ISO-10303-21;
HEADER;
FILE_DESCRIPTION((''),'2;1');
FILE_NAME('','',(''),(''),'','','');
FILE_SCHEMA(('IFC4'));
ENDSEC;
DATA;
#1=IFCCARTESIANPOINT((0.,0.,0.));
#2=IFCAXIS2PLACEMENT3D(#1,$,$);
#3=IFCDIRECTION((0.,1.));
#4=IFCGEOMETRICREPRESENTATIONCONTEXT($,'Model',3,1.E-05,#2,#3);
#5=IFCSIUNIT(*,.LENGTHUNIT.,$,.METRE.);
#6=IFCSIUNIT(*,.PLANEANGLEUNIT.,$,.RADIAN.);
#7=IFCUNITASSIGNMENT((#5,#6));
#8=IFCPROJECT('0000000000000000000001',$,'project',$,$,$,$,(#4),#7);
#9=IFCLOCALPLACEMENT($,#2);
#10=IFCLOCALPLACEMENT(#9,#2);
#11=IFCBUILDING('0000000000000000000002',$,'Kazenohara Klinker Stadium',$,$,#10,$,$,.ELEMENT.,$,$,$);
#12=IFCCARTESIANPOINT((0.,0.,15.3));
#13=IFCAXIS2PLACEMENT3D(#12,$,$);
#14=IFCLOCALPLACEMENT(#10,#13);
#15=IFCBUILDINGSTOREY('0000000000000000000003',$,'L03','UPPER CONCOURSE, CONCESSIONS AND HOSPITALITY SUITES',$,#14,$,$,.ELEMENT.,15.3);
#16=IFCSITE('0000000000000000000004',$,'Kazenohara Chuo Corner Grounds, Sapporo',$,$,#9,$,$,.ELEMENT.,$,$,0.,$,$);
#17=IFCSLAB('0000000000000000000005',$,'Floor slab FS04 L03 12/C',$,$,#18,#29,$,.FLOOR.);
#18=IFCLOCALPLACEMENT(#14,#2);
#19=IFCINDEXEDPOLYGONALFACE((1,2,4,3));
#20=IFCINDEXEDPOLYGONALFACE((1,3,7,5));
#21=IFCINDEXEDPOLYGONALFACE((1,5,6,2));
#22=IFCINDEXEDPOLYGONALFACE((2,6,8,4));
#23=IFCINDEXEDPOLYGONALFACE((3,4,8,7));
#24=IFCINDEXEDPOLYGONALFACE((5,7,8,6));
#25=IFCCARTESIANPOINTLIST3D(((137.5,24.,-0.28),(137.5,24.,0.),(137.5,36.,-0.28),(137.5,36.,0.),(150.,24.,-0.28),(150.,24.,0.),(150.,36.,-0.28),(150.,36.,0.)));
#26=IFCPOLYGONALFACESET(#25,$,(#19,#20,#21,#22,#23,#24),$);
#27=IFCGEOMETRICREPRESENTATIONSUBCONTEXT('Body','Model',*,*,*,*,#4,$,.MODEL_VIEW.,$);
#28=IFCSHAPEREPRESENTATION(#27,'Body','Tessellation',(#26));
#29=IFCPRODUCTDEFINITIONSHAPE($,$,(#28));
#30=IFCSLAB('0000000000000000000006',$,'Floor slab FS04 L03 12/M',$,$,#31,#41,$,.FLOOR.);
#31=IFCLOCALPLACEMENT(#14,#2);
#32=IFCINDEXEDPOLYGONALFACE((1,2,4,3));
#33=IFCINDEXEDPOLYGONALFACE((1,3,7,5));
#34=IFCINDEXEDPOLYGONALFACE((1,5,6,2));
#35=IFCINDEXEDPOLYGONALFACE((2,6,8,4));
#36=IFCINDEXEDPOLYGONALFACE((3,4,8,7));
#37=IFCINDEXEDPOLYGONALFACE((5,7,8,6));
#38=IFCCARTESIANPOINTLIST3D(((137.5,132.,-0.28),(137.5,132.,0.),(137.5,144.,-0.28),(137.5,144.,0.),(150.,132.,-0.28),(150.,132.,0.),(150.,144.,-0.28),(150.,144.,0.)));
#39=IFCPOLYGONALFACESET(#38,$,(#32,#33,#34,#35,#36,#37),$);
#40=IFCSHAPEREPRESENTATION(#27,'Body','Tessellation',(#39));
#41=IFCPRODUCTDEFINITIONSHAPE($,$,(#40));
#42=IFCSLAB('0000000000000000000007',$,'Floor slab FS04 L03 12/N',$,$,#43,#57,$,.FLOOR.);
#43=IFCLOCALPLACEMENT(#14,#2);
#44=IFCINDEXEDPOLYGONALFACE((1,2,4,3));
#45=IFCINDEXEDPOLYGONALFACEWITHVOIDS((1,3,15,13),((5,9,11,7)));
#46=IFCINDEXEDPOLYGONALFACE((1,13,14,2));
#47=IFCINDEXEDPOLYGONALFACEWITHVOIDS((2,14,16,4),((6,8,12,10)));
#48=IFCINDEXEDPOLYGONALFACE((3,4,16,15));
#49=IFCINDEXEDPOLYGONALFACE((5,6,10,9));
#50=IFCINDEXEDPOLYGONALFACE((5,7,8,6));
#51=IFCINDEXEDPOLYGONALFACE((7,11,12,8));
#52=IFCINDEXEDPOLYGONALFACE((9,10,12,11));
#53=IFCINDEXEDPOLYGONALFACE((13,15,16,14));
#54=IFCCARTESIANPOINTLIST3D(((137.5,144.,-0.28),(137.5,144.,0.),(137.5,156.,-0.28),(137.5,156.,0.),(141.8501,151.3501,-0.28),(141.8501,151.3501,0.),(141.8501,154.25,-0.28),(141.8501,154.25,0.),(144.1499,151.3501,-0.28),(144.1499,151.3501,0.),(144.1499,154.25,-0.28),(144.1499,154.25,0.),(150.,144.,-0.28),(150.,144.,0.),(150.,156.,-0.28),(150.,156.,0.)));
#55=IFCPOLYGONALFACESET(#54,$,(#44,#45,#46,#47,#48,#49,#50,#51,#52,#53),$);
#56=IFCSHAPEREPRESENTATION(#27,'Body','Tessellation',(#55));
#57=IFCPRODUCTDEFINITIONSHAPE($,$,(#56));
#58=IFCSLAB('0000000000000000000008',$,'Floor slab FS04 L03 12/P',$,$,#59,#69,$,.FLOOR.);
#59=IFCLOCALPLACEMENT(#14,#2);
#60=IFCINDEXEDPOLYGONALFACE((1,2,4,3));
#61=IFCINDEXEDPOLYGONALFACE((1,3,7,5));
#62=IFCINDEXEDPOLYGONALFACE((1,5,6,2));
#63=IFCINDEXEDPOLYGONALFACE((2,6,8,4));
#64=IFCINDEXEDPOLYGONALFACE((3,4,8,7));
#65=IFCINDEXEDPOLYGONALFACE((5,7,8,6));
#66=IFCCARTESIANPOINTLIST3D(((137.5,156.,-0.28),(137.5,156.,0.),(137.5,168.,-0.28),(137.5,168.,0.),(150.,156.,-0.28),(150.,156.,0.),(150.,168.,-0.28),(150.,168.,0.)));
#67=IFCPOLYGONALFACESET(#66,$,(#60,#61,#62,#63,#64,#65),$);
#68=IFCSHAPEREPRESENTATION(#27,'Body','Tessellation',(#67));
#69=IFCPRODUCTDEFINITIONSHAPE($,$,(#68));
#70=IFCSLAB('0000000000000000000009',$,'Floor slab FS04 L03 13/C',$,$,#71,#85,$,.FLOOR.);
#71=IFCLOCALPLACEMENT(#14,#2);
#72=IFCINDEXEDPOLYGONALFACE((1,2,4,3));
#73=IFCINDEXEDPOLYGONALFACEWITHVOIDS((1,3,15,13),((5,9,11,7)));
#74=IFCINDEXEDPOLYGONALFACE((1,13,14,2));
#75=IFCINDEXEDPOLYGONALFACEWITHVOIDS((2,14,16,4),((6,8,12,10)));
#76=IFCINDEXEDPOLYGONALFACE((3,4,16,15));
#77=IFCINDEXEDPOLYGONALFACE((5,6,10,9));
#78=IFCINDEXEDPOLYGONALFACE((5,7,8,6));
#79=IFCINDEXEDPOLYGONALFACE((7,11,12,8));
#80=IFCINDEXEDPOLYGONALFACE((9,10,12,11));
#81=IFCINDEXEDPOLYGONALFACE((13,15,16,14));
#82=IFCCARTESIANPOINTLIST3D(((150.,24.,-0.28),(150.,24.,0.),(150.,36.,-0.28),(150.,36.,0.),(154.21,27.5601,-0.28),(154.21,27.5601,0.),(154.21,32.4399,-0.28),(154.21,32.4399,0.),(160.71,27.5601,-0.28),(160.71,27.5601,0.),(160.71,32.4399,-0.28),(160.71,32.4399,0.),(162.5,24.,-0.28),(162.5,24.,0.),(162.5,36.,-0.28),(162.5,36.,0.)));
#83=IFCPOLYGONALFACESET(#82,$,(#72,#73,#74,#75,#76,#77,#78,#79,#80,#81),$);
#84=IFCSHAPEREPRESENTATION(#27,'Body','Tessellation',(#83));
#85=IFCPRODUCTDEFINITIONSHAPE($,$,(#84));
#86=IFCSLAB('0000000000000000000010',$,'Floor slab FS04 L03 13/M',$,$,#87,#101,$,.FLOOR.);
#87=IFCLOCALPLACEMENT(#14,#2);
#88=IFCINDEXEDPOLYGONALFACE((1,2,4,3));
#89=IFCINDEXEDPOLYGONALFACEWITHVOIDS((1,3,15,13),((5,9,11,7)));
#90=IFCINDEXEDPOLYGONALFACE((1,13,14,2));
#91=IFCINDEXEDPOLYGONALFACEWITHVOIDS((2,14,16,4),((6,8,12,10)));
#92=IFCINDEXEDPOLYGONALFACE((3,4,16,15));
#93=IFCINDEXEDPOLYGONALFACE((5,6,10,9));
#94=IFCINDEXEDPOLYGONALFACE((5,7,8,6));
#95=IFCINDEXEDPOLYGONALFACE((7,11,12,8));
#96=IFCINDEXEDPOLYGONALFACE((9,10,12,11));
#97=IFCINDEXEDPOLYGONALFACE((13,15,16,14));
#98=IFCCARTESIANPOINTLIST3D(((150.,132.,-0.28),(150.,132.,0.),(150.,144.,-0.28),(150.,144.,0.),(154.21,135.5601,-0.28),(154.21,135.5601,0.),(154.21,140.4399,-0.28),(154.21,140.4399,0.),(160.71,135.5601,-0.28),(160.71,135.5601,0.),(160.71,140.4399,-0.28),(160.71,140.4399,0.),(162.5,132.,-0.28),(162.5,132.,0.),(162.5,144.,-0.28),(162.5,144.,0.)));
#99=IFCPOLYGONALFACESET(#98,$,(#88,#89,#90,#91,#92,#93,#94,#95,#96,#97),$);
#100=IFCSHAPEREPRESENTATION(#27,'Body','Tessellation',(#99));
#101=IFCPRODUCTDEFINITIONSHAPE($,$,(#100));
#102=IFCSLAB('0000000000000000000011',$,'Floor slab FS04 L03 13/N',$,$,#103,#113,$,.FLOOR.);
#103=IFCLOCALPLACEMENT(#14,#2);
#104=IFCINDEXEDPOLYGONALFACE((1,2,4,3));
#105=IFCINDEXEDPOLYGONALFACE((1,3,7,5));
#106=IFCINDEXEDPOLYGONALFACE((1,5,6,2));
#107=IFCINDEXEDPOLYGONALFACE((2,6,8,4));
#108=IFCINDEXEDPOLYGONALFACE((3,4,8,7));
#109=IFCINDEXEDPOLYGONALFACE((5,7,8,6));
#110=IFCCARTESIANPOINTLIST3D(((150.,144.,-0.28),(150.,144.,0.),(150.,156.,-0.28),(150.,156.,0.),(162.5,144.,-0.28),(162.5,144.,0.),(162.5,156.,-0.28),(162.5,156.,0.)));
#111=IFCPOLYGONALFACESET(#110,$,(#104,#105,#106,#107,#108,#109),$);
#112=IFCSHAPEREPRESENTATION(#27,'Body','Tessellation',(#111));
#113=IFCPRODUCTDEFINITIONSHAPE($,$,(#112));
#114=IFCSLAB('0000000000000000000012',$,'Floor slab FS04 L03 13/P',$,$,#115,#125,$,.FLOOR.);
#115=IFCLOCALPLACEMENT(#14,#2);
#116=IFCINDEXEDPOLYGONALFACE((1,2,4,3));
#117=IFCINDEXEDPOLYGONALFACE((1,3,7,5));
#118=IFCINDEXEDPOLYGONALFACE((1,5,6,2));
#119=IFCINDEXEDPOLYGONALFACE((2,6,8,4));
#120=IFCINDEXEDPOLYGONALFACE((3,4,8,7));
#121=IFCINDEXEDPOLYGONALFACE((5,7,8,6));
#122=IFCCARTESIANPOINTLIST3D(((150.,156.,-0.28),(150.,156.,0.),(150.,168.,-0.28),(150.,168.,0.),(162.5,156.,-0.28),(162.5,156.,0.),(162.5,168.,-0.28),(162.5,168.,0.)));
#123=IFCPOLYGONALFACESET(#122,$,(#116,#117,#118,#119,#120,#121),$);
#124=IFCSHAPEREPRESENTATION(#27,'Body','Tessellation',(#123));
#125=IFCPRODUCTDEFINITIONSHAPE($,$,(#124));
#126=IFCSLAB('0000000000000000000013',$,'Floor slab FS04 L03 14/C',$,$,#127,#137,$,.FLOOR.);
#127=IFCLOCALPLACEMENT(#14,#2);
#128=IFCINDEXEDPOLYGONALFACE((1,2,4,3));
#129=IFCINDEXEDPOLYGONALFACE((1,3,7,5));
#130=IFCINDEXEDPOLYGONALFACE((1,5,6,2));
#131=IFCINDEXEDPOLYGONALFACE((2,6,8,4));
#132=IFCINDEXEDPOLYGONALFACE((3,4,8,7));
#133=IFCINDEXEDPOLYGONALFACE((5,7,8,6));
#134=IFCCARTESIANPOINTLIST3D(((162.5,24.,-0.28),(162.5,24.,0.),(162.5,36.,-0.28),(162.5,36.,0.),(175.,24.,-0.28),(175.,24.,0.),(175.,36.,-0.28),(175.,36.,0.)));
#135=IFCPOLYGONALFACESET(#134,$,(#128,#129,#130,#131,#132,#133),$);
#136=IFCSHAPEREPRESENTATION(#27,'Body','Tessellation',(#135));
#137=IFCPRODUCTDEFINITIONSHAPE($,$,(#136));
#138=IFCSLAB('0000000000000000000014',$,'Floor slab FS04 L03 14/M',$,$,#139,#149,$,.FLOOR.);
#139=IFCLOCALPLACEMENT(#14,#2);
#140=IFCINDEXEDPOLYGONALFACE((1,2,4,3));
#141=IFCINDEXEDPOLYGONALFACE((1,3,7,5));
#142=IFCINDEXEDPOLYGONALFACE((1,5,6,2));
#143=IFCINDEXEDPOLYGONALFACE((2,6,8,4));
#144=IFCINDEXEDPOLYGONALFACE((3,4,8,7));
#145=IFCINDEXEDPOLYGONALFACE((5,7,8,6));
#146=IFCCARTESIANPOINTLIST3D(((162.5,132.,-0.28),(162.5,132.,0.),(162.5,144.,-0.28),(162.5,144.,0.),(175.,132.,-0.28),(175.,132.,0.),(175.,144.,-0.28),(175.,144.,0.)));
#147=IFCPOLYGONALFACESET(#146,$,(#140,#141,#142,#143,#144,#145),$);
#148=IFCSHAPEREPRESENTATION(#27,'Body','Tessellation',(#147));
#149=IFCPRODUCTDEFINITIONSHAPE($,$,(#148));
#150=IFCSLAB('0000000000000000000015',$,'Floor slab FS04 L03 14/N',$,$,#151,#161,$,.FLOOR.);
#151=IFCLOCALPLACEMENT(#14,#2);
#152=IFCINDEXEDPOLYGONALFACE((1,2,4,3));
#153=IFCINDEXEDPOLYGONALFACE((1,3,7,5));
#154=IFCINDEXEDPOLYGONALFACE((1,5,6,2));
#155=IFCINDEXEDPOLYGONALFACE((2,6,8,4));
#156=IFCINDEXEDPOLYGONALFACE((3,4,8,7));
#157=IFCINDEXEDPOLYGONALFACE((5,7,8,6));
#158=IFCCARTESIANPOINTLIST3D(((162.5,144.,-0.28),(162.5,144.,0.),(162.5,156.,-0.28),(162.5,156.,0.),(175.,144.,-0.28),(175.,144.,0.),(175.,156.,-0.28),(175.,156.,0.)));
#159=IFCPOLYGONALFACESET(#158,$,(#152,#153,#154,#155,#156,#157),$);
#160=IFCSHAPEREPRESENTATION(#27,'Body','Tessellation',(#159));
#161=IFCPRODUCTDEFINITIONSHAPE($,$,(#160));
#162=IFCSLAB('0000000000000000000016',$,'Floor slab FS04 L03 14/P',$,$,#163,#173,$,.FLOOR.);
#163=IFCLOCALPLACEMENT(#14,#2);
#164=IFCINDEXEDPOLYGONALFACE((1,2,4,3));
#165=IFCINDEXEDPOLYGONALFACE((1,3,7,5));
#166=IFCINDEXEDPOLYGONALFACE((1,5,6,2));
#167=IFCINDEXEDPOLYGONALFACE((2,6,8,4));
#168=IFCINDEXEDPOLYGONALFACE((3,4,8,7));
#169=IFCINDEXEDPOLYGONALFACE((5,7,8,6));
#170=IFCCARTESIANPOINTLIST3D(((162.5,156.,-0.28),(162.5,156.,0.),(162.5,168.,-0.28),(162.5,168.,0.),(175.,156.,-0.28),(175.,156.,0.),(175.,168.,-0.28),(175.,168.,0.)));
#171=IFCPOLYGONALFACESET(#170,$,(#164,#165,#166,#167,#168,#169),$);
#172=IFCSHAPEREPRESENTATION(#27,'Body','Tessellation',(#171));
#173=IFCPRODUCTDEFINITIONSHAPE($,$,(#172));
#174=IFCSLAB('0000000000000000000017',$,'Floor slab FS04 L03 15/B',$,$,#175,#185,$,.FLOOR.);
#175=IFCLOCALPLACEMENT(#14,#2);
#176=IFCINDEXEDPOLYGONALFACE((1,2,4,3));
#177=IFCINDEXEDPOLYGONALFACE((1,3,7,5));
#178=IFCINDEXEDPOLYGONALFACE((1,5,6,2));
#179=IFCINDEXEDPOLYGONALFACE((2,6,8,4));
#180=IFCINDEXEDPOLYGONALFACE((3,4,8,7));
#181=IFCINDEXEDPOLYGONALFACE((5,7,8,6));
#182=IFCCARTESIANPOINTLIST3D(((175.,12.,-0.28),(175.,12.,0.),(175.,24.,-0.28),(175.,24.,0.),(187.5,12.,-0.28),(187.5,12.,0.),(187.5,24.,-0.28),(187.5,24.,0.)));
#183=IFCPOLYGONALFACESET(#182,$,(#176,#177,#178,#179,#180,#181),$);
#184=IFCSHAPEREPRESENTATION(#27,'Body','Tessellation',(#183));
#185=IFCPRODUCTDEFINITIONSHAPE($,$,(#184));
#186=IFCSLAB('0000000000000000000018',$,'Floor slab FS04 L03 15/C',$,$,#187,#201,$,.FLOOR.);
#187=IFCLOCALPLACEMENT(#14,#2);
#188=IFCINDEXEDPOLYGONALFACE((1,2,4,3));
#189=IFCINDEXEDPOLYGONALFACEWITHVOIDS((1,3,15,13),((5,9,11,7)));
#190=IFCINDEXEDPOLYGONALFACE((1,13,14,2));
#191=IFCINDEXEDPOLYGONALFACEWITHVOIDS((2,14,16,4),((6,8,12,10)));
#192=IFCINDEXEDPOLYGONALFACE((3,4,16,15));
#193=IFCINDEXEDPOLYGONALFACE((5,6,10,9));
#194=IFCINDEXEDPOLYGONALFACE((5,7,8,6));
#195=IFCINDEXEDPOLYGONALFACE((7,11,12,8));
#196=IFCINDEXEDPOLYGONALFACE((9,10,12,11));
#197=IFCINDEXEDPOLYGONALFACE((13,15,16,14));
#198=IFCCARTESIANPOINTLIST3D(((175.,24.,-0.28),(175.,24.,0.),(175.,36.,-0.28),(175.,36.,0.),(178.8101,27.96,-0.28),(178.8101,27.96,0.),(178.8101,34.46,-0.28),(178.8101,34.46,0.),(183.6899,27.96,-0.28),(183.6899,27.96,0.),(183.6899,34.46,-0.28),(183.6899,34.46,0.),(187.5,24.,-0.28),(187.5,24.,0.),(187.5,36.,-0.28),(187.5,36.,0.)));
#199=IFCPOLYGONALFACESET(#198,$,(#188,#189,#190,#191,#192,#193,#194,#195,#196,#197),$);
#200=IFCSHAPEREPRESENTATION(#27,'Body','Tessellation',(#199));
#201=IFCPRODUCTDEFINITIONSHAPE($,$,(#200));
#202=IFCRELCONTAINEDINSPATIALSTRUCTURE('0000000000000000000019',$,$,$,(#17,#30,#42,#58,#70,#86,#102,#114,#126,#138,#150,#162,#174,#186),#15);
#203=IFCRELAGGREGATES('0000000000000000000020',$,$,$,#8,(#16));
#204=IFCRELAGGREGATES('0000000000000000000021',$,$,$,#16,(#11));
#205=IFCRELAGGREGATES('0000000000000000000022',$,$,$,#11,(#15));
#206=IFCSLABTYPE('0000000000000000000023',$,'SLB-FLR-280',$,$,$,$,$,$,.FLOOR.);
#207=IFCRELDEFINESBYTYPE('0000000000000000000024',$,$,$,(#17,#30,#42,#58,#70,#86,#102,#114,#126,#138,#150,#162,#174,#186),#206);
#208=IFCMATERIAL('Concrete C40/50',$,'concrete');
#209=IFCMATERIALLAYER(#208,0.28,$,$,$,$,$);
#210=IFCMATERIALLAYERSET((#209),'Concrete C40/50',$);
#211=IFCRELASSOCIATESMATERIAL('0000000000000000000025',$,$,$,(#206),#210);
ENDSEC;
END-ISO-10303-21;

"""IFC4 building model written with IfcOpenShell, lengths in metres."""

from ifc_helpers import new_model, si_unit, direction, frame, origin, place, context, subcontext, project, spatial, polyline, outline, extrude, material, layer, layer_set, type_object, element, save


model = new_model("IFC4")

# Units and contexts
model_context = context("Model", 3, precision=1e-05, world=origin(), true_north=direction((0.0, 1.0)))
body_context = subcontext(model_context, "Body", "Model", "MODEL_VIEW")
ifc_project = project(units=[si_unit("LENGTHUNIT", "METRE"), si_unit("PLANEANGLEUNIT", "RADIAN")], contexts=[model_context])

# Site, building, storey
site_placement = place(None, origin())
site = spatial("IfcSite", under=ifc_project, at=site_placement, Name="Kazenohara Chuo Corner Grounds, Sapporo", CompositionType="ELEMENT", RefElevation=0.0)
building_placement = place(site_placement, origin())
building = spatial("IfcBuilding", under=site, at=building_placement, Name="Kazenohara Klinker Stadium", CompositionType="ELEMENT")
storey_placement = place(building_placement, frame((0.0, 0.0, 15.3)))
storey = spatial("IfcBuildingStorey", under=building, at=storey_placement, Name="L03", Description="UPPER CONCOURSE, CONCESSIONS AND HOSPITALITY SUITES", CompositionType="ELEMENT", Elevation=15.3)

# Slabs
ifc_material_1 = material(Name="Concrete C40/50", Category="concrete")
ifc_layer_1 = layer(ifc_material_1, 0.28)
ifc_layer_set_1 = layer_set([ifc_layer_1], Name="Concrete C40/50")
slab_type_1 = type_object("IfcSlabType", Name="SLB-FLR-280", PredefinedType="FLOOR", material=ifc_layer_set_1)
slab_1_placement = place(storey_placement, frame((0.0, 0.0, -0.28)))
element("IfcSlab", 1, at=slab_1_placement, inside=storey, type_object=slab_type_1, Name="Floor slab FS04 L03 12/C", PredefinedType="FLOOR", context=body_context, shape_type="SweptSolid", body=[
    extrude(outline(polyline([(137.5, 24.0), (150.0, 24.0), (150.0, 36.0), (137.5, 36.0), (137.5, 24.0)])), origin(), (0.0, 0.0, 1.0), 0.28),
])
slab_2_placement = place(storey_placement, frame((0.0, 0.0, -0.28)))
element("IfcSlab", 2, at=slab_2_placement, inside=storey, type_object=slab_type_1, Name="Floor slab FS04 L03 12/M", PredefinedType="FLOOR", context=body_context, shape_type="SweptSolid", body=[
    extrude(outline(polyline([(137.5, 132.0), (150.0, 132.0), (150.0, 144.0), (137.5, 144.0), (137.5, 132.0)])), origin(), (0.0, 0.0, 1.0), 0.28),
])
slab_3_placement = place(storey_placement, frame((0.0, 0.0, -0.28)))
element("IfcSlab", 3, at=slab_3_placement, inside=storey, type_object=slab_type_1, Name="Floor slab FS04 L03 12/N", PredefinedType="FLOOR", context=body_context, shape_type="SweptSolid", body=[
    extrude(outline(polyline([(137.5, 144.0), (150.0, 144.0), (150.0, 156.0), (137.5, 156.0), (137.5, 144.0)]), holes=[polyline([(141.8501, 151.3501), (144.1499, 151.3501), (144.1499, 154.25), (141.8501, 154.25), (141.8501, 151.3501)])]), origin(), (0.0, 0.0, 1.0), 0.28),
])
slab_4_placement = place(storey_placement, frame((0.0, 0.0, -0.28)))
element("IfcSlab", 4, at=slab_4_placement, inside=storey, type_object=slab_type_1, Name="Floor slab FS04 L03 12/P", PredefinedType="FLOOR", context=body_context, shape_type="SweptSolid", body=[
    extrude(outline(polyline([(137.5, 156.0), (150.0, 156.0), (150.0, 168.0), (137.5, 168.0), (137.5, 156.0)])), origin(), (0.0, 0.0, 1.0), 0.28),
])
slab_5_placement = place(storey_placement, frame((0.0, 0.0, -0.28)))
element("IfcSlab", 5, at=slab_5_placement, inside=storey, type_object=slab_type_1, Name="Floor slab FS04 L03 13/C", PredefinedType="FLOOR", context=body_context, shape_type="SweptSolid", body=[
    extrude(outline(polyline([(150.0, 24.0), (162.5, 24.0), (162.5, 36.0), (150.0, 36.0), (150.0, 24.0)]), holes=[polyline([(154.21, 27.5601), (160.71, 27.5601), (160.71, 32.4399), (154.21, 32.4399), (154.21, 27.5601)])]), origin(), (0.0, 0.0, 1.0), 0.28),
])
slab_6_placement = place(storey_placement, frame((0.0, 0.0, -0.28)))
element("IfcSlab", 6, at=slab_6_placement, inside=storey, type_object=slab_type_1, Name="Floor slab FS04 L03 13/M", PredefinedType="FLOOR", context=body_context, shape_type="SweptSolid", body=[
    extrude(outline(polyline([(150.0, 132.0), (162.5, 132.0), (162.5, 144.0), (150.0, 144.0), (150.0, 132.0)]), holes=[polyline([(154.21, 135.5601), (160.71, 135.5601), (160.71, 140.4399), (154.21, 140.4399), (154.21, 135.5601)])]), origin(), (0.0, 0.0, 1.0), 0.28),
])
slab_7_placement = place(storey_placement, frame((0.0, 0.0, -0.28)))
element("IfcSlab", 7, at=slab_7_placement, inside=storey, type_object=slab_type_1, Name="Floor slab FS04 L03 13/N", PredefinedType="FLOOR", context=body_context, shape_type="SweptSolid", body=[
    extrude(outline(polyline([(150.0, 144.0), (162.5, 144.0), (162.5, 156.0), (150.0, 156.0), (150.0, 144.0)])), origin(), (0.0, 0.0, 1.0), 0.28),
])
slab_8_placement = place(storey_placement, frame((0.0, 0.0, -0.28)))
element("IfcSlab", 8, at=slab_8_placement, inside=storey, type_object=slab_type_1, Name="Floor slab FS04 L03 13/P", PredefinedType="FLOOR", context=body_context, shape_type="SweptSolid", body=[
    extrude(outline(polyline([(150.0, 156.0), (162.5, 156.0), (162.5, 168.0), (150.0, 168.0), (150.0, 156.0)])), origin(), (0.0, 0.0, 1.0), 0.28),
])
slab_9_placement = place(storey_placement, frame((0.0, 0.0, -0.28)))
element("IfcSlab", 9, at=slab_9_placement, inside=storey, type_object=slab_type_1, Name="Floor slab FS04 L03 14/C", PredefinedType="FLOOR", context=body_context, shape_type="SweptSolid", body=[
    extrude(outline(polyline([(162.5, 24.0), (175.0, 24.0), (175.0, 36.0), (162.5, 36.0), (162.5, 24.0)])), origin(), (0.0, 0.0, 1.0), 0.28),
])
slab_10_placement = place(storey_placement, frame((0.0, 0.0, -0.28)))
element("IfcSlab", 10, at=slab_10_placement, inside=storey, type_object=slab_type_1, Name="Floor slab FS04 L03 14/M", PredefinedType="FLOOR", context=body_context, shape_type="SweptSolid", body=[
    extrude(outline(polyline([(162.5, 132.0), (175.0, 132.0), (175.0, 144.0), (162.5, 144.0), (162.5, 132.0)])), origin(), (0.0, 0.0, 1.0), 0.28),
])
slab_11_placement = place(storey_placement, frame((0.0, 0.0, -0.28)))
element("IfcSlab", 11, at=slab_11_placement, inside=storey, type_object=slab_type_1, Name="Floor slab FS04 L03 14/N", PredefinedType="FLOOR", context=body_context, shape_type="SweptSolid", body=[
    extrude(outline(polyline([(162.5, 144.0), (175.0, 144.0), (175.0, 156.0), (162.5, 156.0), (162.5, 144.0)])), origin(), (0.0, 0.0, 1.0), 0.28),
])
slab_12_placement = place(storey_placement, frame((0.0, 0.0, -0.28)))
element("IfcSlab", 12, at=slab_12_placement, inside=storey, type_object=slab_type_1, Name="Floor slab FS04 L03 14/P", PredefinedType="FLOOR", context=body_context, shape_type="SweptSolid", body=[
    extrude(outline(polyline([(162.5, 156.0), (175.0, 156.0), (175.0, 168.0), (162.5, 168.0), (162.5, 156.0)])), origin(), (0.0, 0.0, 1.0), 0.28),
])
slab_13_placement = place(storey_placement, frame((0.0, 0.0, -0.28)))
element("IfcSlab", 13, at=slab_13_placement, inside=storey, type_object=slab_type_1, Name="Floor slab FS04 L03 15/B", PredefinedType="FLOOR", context=body_context, shape_type="SweptSolid", body=[
    extrude(outline(polyline([(175.0, 12.0), (187.5, 12.0), (187.5, 24.0), (175.0, 24.0), (175.0, 12.0)])), origin(), (0.0, 0.0, 1.0), 0.28),
])
slab_14_placement = place(storey_placement, frame((0.0, 0.0, -0.28)))
element("IfcSlab", 14, at=slab_14_placement, inside=storey, type_object=slab_type_1, Name="Floor slab FS04 L03 15/C", PredefinedType="FLOOR", context=body_context, shape_type="SweptSolid", body=[
    extrude(outline(polyline([(175.0, 24.0), (187.5, 24.0), (187.5, 36.0), (175.0, 36.0), (175.0, 24.0)]), holes=[polyline([(183.6899, 27.96), (183.6899, 34.46), (178.8101, 34.46), (178.8101, 27.96), (183.6899, 27.96)])]), origin(), (0.0, 0.0, 1.0), 0.28),
])

save(model, "model.ifc")
